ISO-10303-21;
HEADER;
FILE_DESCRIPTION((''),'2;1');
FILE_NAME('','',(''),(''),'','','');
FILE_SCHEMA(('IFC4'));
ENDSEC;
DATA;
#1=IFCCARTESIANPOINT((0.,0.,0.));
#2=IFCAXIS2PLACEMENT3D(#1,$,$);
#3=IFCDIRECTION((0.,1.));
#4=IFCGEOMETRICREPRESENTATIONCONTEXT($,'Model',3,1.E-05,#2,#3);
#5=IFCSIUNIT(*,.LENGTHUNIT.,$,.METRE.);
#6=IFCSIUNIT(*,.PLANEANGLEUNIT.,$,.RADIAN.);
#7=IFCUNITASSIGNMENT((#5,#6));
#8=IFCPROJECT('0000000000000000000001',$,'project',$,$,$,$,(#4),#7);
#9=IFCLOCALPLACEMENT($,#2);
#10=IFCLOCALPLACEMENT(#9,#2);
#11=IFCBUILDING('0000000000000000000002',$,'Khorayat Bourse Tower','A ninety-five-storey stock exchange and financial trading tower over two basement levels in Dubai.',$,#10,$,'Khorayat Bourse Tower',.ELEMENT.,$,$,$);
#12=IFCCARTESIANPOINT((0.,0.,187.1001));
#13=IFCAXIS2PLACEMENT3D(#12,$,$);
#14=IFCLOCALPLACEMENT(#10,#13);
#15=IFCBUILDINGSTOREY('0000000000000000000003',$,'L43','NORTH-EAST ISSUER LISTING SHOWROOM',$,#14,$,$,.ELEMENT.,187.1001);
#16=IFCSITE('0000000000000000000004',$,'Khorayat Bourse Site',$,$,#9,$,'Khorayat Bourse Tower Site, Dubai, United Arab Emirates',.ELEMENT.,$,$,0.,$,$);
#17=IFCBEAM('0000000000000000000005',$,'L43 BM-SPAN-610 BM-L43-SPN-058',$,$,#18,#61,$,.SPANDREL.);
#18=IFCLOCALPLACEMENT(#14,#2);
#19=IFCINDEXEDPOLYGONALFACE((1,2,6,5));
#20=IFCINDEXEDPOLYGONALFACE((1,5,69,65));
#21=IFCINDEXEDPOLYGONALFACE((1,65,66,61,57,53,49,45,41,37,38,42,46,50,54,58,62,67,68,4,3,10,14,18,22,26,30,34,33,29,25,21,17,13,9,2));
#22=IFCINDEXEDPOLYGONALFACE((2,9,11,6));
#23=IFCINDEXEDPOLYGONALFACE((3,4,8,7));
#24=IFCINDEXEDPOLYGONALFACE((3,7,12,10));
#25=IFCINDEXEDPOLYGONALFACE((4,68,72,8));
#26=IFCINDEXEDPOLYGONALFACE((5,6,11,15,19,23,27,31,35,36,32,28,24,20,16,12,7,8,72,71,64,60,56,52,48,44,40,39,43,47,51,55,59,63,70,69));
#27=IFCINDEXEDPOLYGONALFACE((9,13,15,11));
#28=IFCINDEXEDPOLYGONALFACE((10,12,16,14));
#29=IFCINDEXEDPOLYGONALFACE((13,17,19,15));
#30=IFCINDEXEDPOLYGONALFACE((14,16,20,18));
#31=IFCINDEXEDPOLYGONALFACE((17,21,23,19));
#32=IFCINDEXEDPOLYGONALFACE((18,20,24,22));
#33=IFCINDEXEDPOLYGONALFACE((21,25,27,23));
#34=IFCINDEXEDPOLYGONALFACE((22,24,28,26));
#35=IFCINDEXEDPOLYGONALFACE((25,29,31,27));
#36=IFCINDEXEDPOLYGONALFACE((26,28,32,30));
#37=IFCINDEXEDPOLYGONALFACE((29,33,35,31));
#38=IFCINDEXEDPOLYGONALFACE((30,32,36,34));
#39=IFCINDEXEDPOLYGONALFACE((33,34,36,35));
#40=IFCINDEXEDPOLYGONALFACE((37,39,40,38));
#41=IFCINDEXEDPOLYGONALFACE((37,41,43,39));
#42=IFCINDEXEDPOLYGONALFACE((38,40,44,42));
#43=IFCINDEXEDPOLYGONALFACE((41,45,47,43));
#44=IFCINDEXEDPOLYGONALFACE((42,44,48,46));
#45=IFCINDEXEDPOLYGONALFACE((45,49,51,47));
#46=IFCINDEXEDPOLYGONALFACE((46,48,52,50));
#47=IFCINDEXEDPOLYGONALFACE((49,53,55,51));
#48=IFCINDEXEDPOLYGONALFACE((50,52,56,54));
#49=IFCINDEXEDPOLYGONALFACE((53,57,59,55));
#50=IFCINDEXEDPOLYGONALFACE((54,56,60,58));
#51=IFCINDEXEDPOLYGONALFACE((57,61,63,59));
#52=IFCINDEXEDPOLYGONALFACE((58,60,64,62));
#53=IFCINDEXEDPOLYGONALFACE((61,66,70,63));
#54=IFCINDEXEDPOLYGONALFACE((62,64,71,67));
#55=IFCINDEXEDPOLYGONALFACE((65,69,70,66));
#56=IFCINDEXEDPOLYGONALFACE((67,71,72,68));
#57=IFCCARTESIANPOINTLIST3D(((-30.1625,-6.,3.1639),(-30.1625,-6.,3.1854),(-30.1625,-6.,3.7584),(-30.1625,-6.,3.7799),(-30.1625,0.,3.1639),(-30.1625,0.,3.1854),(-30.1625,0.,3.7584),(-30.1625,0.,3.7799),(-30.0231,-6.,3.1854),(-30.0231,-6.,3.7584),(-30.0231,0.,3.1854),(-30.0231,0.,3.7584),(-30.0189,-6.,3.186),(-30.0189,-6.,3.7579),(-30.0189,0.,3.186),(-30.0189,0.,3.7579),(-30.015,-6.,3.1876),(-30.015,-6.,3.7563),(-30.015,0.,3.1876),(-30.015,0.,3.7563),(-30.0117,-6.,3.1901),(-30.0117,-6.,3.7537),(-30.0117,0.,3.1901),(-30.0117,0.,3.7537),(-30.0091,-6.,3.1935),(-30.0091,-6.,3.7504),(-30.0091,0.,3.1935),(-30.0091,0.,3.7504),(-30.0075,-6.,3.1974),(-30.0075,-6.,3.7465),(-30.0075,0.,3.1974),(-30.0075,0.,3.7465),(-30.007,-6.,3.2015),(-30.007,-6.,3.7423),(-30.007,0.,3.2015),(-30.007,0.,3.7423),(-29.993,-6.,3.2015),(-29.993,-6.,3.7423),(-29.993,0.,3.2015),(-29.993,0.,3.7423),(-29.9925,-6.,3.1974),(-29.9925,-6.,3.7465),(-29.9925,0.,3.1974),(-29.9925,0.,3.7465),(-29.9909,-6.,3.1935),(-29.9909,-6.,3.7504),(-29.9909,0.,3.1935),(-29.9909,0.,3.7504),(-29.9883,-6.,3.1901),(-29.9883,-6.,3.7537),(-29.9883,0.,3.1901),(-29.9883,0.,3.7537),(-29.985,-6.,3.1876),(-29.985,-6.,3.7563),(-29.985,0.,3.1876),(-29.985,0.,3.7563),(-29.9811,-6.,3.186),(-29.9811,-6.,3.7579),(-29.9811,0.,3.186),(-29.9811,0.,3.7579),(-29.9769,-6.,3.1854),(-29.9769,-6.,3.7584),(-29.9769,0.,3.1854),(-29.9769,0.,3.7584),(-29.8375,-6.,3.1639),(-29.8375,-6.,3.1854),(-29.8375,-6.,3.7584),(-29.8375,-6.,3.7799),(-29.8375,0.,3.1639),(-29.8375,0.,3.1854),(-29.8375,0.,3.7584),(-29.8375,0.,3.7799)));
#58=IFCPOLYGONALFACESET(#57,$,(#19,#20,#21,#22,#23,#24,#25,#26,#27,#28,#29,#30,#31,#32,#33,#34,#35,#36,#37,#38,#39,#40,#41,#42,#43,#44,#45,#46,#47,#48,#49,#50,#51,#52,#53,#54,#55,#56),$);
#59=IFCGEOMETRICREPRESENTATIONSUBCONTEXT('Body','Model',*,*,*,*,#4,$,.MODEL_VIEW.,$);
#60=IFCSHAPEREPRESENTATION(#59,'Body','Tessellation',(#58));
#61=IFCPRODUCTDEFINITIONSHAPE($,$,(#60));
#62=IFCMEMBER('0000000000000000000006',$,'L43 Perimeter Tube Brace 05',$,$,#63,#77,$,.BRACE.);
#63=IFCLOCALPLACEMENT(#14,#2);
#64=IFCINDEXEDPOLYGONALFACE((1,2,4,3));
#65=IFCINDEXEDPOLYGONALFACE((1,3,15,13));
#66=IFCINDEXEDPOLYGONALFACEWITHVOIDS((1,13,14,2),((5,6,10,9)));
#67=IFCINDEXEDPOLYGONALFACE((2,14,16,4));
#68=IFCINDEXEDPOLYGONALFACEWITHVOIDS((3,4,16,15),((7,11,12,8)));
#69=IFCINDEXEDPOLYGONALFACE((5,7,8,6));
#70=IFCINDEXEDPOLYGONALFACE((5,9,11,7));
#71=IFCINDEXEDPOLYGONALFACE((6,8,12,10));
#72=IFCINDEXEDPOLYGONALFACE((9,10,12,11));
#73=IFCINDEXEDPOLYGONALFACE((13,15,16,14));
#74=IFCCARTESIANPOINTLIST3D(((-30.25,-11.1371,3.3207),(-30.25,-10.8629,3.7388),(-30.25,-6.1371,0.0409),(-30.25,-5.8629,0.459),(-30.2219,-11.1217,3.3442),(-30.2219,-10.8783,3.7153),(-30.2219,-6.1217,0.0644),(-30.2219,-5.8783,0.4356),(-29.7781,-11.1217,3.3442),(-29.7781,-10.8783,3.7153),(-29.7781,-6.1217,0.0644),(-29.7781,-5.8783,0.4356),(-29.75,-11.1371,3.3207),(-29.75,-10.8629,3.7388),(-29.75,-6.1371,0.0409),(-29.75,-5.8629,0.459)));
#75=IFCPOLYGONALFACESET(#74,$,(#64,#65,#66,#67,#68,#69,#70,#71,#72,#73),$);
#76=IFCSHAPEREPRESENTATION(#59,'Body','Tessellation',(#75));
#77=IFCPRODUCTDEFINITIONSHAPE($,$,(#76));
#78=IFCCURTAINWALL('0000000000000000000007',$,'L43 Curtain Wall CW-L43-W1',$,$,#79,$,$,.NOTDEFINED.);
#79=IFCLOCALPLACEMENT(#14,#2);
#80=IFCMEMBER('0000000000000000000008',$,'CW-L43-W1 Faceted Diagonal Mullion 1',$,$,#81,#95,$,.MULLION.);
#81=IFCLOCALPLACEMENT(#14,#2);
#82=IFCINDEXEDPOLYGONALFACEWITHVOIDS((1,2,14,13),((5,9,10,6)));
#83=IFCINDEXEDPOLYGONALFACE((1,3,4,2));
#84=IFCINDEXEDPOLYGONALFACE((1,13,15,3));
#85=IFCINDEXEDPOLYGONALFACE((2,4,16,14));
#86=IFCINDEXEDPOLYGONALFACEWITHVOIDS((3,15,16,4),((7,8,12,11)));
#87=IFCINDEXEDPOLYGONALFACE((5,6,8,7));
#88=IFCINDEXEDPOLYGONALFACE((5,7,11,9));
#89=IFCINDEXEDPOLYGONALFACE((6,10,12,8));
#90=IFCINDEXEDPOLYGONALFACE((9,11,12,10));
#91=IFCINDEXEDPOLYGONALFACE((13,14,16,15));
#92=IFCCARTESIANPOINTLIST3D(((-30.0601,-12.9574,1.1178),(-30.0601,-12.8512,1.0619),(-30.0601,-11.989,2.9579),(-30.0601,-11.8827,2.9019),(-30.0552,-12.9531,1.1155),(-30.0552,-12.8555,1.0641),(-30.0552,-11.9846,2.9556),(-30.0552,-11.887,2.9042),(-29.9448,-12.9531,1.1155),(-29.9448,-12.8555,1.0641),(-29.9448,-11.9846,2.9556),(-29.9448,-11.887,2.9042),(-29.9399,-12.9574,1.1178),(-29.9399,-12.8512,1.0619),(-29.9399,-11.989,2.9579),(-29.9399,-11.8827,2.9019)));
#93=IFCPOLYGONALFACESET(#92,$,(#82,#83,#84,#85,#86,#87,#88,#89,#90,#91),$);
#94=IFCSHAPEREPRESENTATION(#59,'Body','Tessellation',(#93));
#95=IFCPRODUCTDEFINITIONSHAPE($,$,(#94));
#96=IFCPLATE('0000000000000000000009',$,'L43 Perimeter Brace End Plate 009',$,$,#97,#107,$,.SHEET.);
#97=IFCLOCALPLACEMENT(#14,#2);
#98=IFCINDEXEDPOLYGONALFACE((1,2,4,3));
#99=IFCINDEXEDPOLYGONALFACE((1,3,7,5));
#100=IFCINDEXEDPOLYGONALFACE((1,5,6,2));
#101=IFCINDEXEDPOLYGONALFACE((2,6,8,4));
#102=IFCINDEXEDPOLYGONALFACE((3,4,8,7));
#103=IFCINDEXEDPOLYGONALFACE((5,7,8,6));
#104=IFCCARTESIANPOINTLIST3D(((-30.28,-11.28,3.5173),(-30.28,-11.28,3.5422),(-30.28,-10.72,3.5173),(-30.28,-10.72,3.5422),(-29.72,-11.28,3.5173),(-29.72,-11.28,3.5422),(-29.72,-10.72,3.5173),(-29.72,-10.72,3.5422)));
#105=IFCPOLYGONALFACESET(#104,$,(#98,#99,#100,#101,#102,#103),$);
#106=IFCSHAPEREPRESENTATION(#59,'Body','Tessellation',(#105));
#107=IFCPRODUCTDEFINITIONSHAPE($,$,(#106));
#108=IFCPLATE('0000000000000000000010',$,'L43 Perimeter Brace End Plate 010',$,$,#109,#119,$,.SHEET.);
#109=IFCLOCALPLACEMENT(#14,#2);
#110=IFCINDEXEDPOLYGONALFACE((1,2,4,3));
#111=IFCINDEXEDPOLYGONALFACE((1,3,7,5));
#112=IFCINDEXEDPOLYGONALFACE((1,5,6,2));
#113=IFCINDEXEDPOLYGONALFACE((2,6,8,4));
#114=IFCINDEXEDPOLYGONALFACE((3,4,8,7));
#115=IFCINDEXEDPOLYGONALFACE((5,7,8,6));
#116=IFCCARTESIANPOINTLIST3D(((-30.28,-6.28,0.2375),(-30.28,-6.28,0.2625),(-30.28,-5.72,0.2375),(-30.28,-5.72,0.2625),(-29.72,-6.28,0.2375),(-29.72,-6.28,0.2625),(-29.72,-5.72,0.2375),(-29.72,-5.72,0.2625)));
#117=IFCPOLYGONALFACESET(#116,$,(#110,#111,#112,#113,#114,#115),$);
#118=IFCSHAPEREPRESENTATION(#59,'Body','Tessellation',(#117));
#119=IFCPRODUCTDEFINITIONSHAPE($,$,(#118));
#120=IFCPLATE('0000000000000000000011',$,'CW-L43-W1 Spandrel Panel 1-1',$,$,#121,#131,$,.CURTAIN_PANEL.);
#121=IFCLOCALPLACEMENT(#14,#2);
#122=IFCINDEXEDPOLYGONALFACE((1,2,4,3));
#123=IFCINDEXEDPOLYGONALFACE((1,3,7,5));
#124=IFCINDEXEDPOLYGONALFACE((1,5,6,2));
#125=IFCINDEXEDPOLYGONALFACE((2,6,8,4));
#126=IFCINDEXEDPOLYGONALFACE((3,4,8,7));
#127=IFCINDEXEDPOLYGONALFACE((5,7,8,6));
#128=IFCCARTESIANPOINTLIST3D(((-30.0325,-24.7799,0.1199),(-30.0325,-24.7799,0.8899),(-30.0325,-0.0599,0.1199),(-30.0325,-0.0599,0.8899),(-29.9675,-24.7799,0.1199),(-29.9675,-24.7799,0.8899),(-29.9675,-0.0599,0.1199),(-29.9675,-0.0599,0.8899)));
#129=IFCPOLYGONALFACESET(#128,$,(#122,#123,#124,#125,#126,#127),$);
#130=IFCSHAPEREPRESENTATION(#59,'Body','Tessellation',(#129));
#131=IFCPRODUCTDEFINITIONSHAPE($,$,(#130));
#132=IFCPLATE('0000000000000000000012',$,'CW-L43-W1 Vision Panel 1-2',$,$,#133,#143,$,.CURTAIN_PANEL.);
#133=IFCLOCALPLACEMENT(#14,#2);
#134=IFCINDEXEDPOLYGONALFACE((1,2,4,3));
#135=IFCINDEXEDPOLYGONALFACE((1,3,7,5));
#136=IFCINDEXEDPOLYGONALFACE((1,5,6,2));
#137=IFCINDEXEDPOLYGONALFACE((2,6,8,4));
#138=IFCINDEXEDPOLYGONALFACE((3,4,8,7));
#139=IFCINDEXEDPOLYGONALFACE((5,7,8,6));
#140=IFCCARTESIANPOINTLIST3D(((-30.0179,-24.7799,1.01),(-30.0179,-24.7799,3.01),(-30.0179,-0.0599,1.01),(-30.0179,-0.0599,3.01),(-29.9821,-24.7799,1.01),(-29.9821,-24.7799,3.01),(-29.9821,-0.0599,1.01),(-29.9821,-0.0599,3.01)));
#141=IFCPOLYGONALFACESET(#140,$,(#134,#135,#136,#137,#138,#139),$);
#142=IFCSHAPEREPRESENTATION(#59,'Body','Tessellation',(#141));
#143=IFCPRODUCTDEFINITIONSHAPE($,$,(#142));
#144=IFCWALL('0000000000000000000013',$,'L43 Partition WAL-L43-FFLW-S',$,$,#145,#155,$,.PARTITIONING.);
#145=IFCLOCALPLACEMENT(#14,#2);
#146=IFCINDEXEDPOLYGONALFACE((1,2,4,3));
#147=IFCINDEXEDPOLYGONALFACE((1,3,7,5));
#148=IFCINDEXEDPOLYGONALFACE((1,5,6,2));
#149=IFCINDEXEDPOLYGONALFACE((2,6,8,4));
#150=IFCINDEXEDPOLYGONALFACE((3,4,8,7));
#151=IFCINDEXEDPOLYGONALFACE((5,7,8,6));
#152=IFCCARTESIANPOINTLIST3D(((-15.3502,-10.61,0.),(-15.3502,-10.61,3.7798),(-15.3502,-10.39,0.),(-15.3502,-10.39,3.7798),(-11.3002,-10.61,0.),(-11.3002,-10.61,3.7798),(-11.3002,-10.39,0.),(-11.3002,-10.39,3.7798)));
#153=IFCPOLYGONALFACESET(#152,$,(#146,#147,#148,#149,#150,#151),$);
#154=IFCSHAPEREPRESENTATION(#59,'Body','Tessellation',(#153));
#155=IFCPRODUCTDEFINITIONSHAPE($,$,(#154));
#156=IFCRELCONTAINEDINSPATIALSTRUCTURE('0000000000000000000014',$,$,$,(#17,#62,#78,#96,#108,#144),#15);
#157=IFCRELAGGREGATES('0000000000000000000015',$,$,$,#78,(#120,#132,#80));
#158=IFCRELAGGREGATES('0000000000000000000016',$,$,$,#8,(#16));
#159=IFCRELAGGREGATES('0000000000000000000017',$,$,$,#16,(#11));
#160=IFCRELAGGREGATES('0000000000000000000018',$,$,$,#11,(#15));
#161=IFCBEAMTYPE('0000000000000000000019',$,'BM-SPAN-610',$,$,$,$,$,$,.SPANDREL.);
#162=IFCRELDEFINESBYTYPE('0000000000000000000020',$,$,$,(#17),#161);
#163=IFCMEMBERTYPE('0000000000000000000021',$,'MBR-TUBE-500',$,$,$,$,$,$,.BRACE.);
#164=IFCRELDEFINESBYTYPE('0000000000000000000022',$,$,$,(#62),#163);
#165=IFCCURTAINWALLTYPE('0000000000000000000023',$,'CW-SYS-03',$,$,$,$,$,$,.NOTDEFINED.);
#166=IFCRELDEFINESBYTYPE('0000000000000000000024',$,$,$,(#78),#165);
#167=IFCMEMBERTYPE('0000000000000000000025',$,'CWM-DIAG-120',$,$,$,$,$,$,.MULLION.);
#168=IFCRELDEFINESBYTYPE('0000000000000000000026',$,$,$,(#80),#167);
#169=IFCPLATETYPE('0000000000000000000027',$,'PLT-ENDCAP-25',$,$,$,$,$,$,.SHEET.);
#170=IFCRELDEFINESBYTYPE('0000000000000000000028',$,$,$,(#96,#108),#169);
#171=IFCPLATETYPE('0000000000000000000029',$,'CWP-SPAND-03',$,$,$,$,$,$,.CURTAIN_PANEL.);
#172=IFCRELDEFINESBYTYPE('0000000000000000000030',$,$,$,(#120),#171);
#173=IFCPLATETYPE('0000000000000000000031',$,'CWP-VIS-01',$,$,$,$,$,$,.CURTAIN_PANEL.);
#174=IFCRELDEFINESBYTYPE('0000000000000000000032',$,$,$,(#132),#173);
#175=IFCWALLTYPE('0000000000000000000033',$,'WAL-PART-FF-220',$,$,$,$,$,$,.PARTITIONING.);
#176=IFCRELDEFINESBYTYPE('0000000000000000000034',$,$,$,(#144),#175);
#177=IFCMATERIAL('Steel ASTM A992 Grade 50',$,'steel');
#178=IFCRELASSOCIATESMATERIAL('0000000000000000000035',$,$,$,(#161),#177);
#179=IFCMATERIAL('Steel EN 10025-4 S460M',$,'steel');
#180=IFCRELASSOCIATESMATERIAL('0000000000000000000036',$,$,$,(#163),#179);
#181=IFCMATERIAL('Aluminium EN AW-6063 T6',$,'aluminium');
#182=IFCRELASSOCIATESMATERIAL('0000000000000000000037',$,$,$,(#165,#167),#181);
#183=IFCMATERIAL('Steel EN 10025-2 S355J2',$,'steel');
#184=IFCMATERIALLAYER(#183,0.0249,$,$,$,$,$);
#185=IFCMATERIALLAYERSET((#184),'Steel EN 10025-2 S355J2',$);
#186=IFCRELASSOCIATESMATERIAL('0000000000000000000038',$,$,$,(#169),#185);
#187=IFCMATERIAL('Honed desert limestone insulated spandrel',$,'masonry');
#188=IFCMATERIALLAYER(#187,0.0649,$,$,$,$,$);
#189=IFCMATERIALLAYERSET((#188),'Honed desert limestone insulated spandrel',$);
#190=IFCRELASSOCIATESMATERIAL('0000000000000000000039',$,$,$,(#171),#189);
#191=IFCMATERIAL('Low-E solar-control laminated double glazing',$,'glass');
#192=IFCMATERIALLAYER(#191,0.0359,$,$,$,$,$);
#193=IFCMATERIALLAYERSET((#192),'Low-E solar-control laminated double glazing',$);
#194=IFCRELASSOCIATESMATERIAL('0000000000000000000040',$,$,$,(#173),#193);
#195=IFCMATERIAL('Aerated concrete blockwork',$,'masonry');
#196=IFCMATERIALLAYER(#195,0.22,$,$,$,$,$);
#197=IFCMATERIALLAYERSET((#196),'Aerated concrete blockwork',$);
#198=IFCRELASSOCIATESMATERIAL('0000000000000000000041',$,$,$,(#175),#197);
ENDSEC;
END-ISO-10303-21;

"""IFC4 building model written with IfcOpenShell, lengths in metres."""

from ifc_helpers import new_model, si_unit, direction, frame, frame_2d, origin, origin_2d, place, context, subcontext, project, spatial, rectangle, hollow_rectangle, i_section, extrude, source, transform, mapped, material, layer, layer_set, material_profile, profile_set, type_object, element, aggregate, save


model = new_model("IFC4")

# Units and contexts
model_context = context("Model", 3, precision=1e-05, world=origin(), true_north=direction((0.0, 1.0)))
body_context = subcontext(model_context, "Body", "Model", "MODEL_VIEW")
ifc_project = project(units=[si_unit("LENGTHUNIT", "METRE"), si_unit("PLANEANGLEUNIT", "RADIAN")], contexts=[model_context])

# Site, building, storey
site_placement = place(None, origin())
site = spatial("IfcSite", under=ifc_project, at=site_placement, Name="Khorayat Bourse Site", LongName="Khorayat Bourse Tower Site, Dubai, United Arab Emirates", CompositionType="ELEMENT", RefElevation=0.0)
building_placement = place(site_placement, origin())
building = spatial("IfcBuilding", under=site, at=building_placement, Name="Khorayat Bourse Tower", Description="A ninety-five-storey stock exchange and financial trading tower over two basement levels in Dubai.", LongName="Khorayat Bourse Tower", CompositionType="ELEMENT")
storey_placement = place(building_placement, frame((0.0, 0.0, 187.1001)))
storey = spatial("IfcBuildingStorey", under=building, at=storey_placement, Name="L43", Description="NORTH-EAST ISSUER LISTING SHOWROOM", CompositionType="ELEMENT", Elevation=187.1001)

# Shared definitions
ifc_material_1 = material(Name="Steel EN 10025-4 S460M", Category="steel")

# Beam
ifc_material_2 = material(Name="Steel ASTM A992 Grade 50", Category="steel")
ifc_material_profile_1 = material_profile(ifc_material_2, i_section(OverallWidth=0.325, OverallDepth=0.616, WebThickness=0.0139, FlangeThickness=0.0215, FilletRadius=0.0161, at=origin_2d()), Name="W610X174")
ifc_profile_set_1 = profile_set([ifc_material_profile_1], Name="Steel ASTM A992 Grade 50")
beam_type_1 = type_object("IfcBeamType", Name="BM-SPAN-610", PredefinedType="SPANDREL", material=ifc_profile_set_1)
shared_shape_1 = source(origin(), body_context, "Body", "SweptSolid", [
    extrude(i_section(OverallWidth=0.325, OverallDepth=0.616, WebThickness=0.0139, FlangeThickness=0.0215, FilletRadius=0.0161, at=origin_2d()), origin(), (0.0, 0.0, 1.0), 6.0),
])
beam_1_placement = place(storey_placement, frame((-30.0, -6.0, 3.4719), z_axis=(0.0, 1.0, 0.0), x_axis=(-1.0, 0.0, 0.0)))
element("IfcBeam", 1, at=beam_1_placement, inside=storey, type_object=beam_type_1, Name="L43 BM-SPAN-610 BM-L43-SPN-058", PredefinedType="SPANDREL", context=body_context, shape_type="MappedRepresentation", body=[
    mapped(shared_shape_1, transform((0.0, 0.0, 0.0), scale=1.0)),
])

# Member
ifc_material_profile_2 = material_profile(ifc_material_1, hollow_rectangle(XDim=0.5, YDim=0.5, WallThickness=0.0281, at=origin_2d()), Name="HSS 500x500x28")
ifc_profile_set_2 = profile_set([ifc_material_profile_2], Name="Steel EN 10025-4 S460M")
member_type_1 = type_object("IfcMemberType", Name="MBR-TUBE-500", PredefinedType="BRACE", material=ifc_profile_set_2)
shared_shape_2 = source(origin(), body_context, "Body", "SweptSolid", [
    extrude(hollow_rectangle(XDim=0.5, YDim=0.5, WallThickness=0.0281, at=origin_2d()), origin(), (0.0, 0.0, 1.0), 5.9797),
])
member_1_placement = place(storey_placement, frame((-30.0, -11.0, 3.5298), z_axis=(0.0, 0.83616, -0.548485), x_axis=(-1.0, 0.0, 0.0)))
element("IfcMember", 2, at=member_1_placement, inside=storey, type_object=member_type_1, Name="L43 Perimeter Tube Brace 05", PredefinedType="BRACE", context=body_context, shape_type="MappedRepresentation", body=[
    mapped(shared_shape_2, transform((0.0, 0.0, 0.0), scale=1.0)),
])

# Curtain wall, member
ifc_material_3 = material(Name="Aluminium EN AW-6063 T6", Category="aluminium")
curtain_wall_type = type_object("IfcCurtainWallType", Name="CW-SYS-03", PredefinedType="NOTDEFINED", material=ifc_material_3)
curtain_wall_placement = place(storey_placement, origin())
curtain_wall = element("IfcCurtainWall", 3, at=curtain_wall_placement, inside=storey, type_object=curtain_wall_type, Name="L43 Curtain Wall CW-L43-W1", PredefinedType="NOTDEFINED")
ifc_material_profile_3 = material_profile(ifc_material_3, hollow_rectangle(XDim=0.1201, YDim=0.1201, WallThickness=0.0049, at=origin_2d()), Name="ALU 120x120x5")
ifc_profile_set_3 = profile_set([ifc_material_profile_3], Name="Aluminium EN AW-6063 T6")
member_type_2 = type_object("IfcMemberType", Name="CWM-DIAG-120", PredefinedType="MULLION", material=ifc_profile_set_3)
shared_shape_3 = source(origin(), body_context, "Body", "SweptSolid", [
    extrude(hollow_rectangle(XDim=0.1201, YDim=0.1201, WallThickness=0.0049, at=origin_2d()), origin(), (0.0, 0.0, 1.0), 2.0793),
])
member_2_placement = place(storey_placement, frame((-30.0, -12.9043, 1.0898), z_axis=(0.0, 0.465761, 0.884911), x_axis=(-1.0, 0.0, 0.0)))
member_2 = element("IfcMember", 4, at=member_2_placement, type_object=member_type_2, Name="CW-L43-W1 Faceted Diagonal Mullion 1", PredefinedType="MULLION", context=body_context, shape_type="MappedRepresentation", body=[
    mapped(shared_shape_3, transform((0.0, 0.0, 0.0), scale=1.0)),
])

# Plates
ifc_material_4 = material(Name="Steel EN 10025-2 S355J2", Category="steel")
ifc_layer_1 = layer(ifc_material_4, 0.0249)
ifc_layer_set_1 = layer_set([ifc_layer_1], Name="Steel EN 10025-2 S355J2")
plate_type_1 = type_object("IfcPlateType", Name="PLT-ENDCAP-25", PredefinedType="SHEET", material=ifc_layer_set_1)
shared_shape_4 = source(origin(), body_context, "Body", "SweptSolid", [
    extrude(rectangle(XDim=0.5601, YDim=0.5601, at=origin_2d()), origin(), (0.0, 0.0, 1.0), 0.0249),
])
for number, where, z_axis, x_axis, name in (
    (5, (-30.0, -11.0, 3.5173), (0.0, 0.0, 1.0), (1.0, 0.0, 0.0), "L43 Perimeter Brace End Plate 009"),
    (6, (-30.0, -6.0, 0.2375), (0.0, 0.0, 1.0), (1.0, 0.0, 0.0), "L43 Perimeter Brace End Plate 010"),
):
    element("IfcPlate", number, at=place(storey_placement, frame(where, z_axis=z_axis, x_axis=x_axis)), inside=storey, type_object=plate_type_1, Name=name, PredefinedType="SHEET", context=body_context, shape_type="MappedRepresentation", body=[
        mapped(shared_shape_4, transform((0.0, 0.0, 0.0), scale=1.0)),
    ])

# Plates
ifc_material_5 = material(Name="Honed desert limestone insulated spandrel", Category="masonry")
ifc_layer_2 = layer(ifc_material_5, 0.0649)
ifc_layer_set_2 = layer_set([ifc_layer_2], Name="Honed desert limestone insulated spandrel")
plate_type_2 = type_object("IfcPlateType", Name="CWP-SPAND-03", PredefinedType="CURTAIN_PANEL", material=ifc_layer_set_2)
shared_shape_5 = source(origin(), body_context, "Body", "SweptSolid", [
    extrude(rectangle(XDim=24.72, YDim=0.0649, at=origin_2d()), origin(), (0.0, 0.0, 1.0), 0.77),
])
plate_1_placement = place(storey_placement, frame((-30.0, -12.4199, 0.1199), z_axis=(0.0, 0.0, 1.0), x_axis=(0.0, 1.0, 0.0)))
plate_1 = element("IfcPlate", 7, at=plate_1_placement, type_object=plate_type_2, Name="CW-L43-W1 Spandrel Panel 1-1", PredefinedType="CURTAIN_PANEL", context=body_context, shape_type="MappedRepresentation", body=[
    mapped(shared_shape_5, transform((0.0, 0.0, 0.0), scale=1.0)),
])
ifc_material_6 = material(Name="Low-E solar-control laminated double glazing", Category="glass")
ifc_layer_3 = layer(ifc_material_6, 0.0359)
ifc_layer_set_3 = layer_set([ifc_layer_3], Name="Low-E solar-control laminated double glazing")
plate_type_3 = type_object("IfcPlateType", Name="CWP-VIS-01", PredefinedType="CURTAIN_PANEL", material=ifc_layer_set_3)
shared_shape_6 = source(origin(), body_context, "Body", "SweptSolid", [
    extrude(rectangle(XDim=24.72, YDim=0.0359, at=origin_2d()), origin(), (0.0, 0.0, 1.0), 2.0),
])
plate_2_placement = place(storey_placement, frame((-30.0, -12.4199, 1.01), z_axis=(0.0, 0.0, 1.0), x_axis=(0.0, 1.0, 0.0)))
plate_2 = element("IfcPlate", 8, at=plate_2_placement, type_object=plate_type_3, Name="CW-L43-W1 Vision Panel 1-2", PredefinedType="CURTAIN_PANEL", context=body_context, shape_type="MappedRepresentation", body=[
    mapped(shared_shape_6, transform((0.0, 0.0, 0.0), scale=1.0)),
])
aggregate(curtain_wall, [plate_1, plate_2, member_2])

# Wall
ifc_material_7 = material(Name="Aerated concrete blockwork", Category="masonry")
ifc_layer_4 = layer(ifc_material_7, 0.22)
ifc_layer_set_4 = layer_set([ifc_layer_4], Name="Aerated concrete blockwork")
wall_type_1 = type_object("IfcWallType", Name="WAL-PART-FF-220", PredefinedType="PARTITIONING", material=ifc_layer_set_4)
shared_shape_7 = source(origin(), body_context, "Body", "SweptSolid", [
    extrude(rectangle(XDim=4.05, YDim=0.22, at=frame_2d((2.0249, 0.0))), origin(), (0.0, 0.0, 1.0), 3.7798),
])
wall_1_placement = place(storey_placement, frame((-15.3501, -10.5, 0.0), z_axis=(0.0, 0.0, 1.0), x_axis=(1.0, 0.0, 0.0)))
element("IfcWall", 9, at=wall_1_placement, inside=storey, type_object=wall_type_1, Name="L43 Partition WAL-L43-FFLW-S", PredefinedType="PARTITIONING", context=body_context, shape_type="MappedRepresentation", body=[
    mapped(shared_shape_7, transform((0.0, 0.0, 0.0), scale=1.0)),
])

save(model, "model.ifc")
